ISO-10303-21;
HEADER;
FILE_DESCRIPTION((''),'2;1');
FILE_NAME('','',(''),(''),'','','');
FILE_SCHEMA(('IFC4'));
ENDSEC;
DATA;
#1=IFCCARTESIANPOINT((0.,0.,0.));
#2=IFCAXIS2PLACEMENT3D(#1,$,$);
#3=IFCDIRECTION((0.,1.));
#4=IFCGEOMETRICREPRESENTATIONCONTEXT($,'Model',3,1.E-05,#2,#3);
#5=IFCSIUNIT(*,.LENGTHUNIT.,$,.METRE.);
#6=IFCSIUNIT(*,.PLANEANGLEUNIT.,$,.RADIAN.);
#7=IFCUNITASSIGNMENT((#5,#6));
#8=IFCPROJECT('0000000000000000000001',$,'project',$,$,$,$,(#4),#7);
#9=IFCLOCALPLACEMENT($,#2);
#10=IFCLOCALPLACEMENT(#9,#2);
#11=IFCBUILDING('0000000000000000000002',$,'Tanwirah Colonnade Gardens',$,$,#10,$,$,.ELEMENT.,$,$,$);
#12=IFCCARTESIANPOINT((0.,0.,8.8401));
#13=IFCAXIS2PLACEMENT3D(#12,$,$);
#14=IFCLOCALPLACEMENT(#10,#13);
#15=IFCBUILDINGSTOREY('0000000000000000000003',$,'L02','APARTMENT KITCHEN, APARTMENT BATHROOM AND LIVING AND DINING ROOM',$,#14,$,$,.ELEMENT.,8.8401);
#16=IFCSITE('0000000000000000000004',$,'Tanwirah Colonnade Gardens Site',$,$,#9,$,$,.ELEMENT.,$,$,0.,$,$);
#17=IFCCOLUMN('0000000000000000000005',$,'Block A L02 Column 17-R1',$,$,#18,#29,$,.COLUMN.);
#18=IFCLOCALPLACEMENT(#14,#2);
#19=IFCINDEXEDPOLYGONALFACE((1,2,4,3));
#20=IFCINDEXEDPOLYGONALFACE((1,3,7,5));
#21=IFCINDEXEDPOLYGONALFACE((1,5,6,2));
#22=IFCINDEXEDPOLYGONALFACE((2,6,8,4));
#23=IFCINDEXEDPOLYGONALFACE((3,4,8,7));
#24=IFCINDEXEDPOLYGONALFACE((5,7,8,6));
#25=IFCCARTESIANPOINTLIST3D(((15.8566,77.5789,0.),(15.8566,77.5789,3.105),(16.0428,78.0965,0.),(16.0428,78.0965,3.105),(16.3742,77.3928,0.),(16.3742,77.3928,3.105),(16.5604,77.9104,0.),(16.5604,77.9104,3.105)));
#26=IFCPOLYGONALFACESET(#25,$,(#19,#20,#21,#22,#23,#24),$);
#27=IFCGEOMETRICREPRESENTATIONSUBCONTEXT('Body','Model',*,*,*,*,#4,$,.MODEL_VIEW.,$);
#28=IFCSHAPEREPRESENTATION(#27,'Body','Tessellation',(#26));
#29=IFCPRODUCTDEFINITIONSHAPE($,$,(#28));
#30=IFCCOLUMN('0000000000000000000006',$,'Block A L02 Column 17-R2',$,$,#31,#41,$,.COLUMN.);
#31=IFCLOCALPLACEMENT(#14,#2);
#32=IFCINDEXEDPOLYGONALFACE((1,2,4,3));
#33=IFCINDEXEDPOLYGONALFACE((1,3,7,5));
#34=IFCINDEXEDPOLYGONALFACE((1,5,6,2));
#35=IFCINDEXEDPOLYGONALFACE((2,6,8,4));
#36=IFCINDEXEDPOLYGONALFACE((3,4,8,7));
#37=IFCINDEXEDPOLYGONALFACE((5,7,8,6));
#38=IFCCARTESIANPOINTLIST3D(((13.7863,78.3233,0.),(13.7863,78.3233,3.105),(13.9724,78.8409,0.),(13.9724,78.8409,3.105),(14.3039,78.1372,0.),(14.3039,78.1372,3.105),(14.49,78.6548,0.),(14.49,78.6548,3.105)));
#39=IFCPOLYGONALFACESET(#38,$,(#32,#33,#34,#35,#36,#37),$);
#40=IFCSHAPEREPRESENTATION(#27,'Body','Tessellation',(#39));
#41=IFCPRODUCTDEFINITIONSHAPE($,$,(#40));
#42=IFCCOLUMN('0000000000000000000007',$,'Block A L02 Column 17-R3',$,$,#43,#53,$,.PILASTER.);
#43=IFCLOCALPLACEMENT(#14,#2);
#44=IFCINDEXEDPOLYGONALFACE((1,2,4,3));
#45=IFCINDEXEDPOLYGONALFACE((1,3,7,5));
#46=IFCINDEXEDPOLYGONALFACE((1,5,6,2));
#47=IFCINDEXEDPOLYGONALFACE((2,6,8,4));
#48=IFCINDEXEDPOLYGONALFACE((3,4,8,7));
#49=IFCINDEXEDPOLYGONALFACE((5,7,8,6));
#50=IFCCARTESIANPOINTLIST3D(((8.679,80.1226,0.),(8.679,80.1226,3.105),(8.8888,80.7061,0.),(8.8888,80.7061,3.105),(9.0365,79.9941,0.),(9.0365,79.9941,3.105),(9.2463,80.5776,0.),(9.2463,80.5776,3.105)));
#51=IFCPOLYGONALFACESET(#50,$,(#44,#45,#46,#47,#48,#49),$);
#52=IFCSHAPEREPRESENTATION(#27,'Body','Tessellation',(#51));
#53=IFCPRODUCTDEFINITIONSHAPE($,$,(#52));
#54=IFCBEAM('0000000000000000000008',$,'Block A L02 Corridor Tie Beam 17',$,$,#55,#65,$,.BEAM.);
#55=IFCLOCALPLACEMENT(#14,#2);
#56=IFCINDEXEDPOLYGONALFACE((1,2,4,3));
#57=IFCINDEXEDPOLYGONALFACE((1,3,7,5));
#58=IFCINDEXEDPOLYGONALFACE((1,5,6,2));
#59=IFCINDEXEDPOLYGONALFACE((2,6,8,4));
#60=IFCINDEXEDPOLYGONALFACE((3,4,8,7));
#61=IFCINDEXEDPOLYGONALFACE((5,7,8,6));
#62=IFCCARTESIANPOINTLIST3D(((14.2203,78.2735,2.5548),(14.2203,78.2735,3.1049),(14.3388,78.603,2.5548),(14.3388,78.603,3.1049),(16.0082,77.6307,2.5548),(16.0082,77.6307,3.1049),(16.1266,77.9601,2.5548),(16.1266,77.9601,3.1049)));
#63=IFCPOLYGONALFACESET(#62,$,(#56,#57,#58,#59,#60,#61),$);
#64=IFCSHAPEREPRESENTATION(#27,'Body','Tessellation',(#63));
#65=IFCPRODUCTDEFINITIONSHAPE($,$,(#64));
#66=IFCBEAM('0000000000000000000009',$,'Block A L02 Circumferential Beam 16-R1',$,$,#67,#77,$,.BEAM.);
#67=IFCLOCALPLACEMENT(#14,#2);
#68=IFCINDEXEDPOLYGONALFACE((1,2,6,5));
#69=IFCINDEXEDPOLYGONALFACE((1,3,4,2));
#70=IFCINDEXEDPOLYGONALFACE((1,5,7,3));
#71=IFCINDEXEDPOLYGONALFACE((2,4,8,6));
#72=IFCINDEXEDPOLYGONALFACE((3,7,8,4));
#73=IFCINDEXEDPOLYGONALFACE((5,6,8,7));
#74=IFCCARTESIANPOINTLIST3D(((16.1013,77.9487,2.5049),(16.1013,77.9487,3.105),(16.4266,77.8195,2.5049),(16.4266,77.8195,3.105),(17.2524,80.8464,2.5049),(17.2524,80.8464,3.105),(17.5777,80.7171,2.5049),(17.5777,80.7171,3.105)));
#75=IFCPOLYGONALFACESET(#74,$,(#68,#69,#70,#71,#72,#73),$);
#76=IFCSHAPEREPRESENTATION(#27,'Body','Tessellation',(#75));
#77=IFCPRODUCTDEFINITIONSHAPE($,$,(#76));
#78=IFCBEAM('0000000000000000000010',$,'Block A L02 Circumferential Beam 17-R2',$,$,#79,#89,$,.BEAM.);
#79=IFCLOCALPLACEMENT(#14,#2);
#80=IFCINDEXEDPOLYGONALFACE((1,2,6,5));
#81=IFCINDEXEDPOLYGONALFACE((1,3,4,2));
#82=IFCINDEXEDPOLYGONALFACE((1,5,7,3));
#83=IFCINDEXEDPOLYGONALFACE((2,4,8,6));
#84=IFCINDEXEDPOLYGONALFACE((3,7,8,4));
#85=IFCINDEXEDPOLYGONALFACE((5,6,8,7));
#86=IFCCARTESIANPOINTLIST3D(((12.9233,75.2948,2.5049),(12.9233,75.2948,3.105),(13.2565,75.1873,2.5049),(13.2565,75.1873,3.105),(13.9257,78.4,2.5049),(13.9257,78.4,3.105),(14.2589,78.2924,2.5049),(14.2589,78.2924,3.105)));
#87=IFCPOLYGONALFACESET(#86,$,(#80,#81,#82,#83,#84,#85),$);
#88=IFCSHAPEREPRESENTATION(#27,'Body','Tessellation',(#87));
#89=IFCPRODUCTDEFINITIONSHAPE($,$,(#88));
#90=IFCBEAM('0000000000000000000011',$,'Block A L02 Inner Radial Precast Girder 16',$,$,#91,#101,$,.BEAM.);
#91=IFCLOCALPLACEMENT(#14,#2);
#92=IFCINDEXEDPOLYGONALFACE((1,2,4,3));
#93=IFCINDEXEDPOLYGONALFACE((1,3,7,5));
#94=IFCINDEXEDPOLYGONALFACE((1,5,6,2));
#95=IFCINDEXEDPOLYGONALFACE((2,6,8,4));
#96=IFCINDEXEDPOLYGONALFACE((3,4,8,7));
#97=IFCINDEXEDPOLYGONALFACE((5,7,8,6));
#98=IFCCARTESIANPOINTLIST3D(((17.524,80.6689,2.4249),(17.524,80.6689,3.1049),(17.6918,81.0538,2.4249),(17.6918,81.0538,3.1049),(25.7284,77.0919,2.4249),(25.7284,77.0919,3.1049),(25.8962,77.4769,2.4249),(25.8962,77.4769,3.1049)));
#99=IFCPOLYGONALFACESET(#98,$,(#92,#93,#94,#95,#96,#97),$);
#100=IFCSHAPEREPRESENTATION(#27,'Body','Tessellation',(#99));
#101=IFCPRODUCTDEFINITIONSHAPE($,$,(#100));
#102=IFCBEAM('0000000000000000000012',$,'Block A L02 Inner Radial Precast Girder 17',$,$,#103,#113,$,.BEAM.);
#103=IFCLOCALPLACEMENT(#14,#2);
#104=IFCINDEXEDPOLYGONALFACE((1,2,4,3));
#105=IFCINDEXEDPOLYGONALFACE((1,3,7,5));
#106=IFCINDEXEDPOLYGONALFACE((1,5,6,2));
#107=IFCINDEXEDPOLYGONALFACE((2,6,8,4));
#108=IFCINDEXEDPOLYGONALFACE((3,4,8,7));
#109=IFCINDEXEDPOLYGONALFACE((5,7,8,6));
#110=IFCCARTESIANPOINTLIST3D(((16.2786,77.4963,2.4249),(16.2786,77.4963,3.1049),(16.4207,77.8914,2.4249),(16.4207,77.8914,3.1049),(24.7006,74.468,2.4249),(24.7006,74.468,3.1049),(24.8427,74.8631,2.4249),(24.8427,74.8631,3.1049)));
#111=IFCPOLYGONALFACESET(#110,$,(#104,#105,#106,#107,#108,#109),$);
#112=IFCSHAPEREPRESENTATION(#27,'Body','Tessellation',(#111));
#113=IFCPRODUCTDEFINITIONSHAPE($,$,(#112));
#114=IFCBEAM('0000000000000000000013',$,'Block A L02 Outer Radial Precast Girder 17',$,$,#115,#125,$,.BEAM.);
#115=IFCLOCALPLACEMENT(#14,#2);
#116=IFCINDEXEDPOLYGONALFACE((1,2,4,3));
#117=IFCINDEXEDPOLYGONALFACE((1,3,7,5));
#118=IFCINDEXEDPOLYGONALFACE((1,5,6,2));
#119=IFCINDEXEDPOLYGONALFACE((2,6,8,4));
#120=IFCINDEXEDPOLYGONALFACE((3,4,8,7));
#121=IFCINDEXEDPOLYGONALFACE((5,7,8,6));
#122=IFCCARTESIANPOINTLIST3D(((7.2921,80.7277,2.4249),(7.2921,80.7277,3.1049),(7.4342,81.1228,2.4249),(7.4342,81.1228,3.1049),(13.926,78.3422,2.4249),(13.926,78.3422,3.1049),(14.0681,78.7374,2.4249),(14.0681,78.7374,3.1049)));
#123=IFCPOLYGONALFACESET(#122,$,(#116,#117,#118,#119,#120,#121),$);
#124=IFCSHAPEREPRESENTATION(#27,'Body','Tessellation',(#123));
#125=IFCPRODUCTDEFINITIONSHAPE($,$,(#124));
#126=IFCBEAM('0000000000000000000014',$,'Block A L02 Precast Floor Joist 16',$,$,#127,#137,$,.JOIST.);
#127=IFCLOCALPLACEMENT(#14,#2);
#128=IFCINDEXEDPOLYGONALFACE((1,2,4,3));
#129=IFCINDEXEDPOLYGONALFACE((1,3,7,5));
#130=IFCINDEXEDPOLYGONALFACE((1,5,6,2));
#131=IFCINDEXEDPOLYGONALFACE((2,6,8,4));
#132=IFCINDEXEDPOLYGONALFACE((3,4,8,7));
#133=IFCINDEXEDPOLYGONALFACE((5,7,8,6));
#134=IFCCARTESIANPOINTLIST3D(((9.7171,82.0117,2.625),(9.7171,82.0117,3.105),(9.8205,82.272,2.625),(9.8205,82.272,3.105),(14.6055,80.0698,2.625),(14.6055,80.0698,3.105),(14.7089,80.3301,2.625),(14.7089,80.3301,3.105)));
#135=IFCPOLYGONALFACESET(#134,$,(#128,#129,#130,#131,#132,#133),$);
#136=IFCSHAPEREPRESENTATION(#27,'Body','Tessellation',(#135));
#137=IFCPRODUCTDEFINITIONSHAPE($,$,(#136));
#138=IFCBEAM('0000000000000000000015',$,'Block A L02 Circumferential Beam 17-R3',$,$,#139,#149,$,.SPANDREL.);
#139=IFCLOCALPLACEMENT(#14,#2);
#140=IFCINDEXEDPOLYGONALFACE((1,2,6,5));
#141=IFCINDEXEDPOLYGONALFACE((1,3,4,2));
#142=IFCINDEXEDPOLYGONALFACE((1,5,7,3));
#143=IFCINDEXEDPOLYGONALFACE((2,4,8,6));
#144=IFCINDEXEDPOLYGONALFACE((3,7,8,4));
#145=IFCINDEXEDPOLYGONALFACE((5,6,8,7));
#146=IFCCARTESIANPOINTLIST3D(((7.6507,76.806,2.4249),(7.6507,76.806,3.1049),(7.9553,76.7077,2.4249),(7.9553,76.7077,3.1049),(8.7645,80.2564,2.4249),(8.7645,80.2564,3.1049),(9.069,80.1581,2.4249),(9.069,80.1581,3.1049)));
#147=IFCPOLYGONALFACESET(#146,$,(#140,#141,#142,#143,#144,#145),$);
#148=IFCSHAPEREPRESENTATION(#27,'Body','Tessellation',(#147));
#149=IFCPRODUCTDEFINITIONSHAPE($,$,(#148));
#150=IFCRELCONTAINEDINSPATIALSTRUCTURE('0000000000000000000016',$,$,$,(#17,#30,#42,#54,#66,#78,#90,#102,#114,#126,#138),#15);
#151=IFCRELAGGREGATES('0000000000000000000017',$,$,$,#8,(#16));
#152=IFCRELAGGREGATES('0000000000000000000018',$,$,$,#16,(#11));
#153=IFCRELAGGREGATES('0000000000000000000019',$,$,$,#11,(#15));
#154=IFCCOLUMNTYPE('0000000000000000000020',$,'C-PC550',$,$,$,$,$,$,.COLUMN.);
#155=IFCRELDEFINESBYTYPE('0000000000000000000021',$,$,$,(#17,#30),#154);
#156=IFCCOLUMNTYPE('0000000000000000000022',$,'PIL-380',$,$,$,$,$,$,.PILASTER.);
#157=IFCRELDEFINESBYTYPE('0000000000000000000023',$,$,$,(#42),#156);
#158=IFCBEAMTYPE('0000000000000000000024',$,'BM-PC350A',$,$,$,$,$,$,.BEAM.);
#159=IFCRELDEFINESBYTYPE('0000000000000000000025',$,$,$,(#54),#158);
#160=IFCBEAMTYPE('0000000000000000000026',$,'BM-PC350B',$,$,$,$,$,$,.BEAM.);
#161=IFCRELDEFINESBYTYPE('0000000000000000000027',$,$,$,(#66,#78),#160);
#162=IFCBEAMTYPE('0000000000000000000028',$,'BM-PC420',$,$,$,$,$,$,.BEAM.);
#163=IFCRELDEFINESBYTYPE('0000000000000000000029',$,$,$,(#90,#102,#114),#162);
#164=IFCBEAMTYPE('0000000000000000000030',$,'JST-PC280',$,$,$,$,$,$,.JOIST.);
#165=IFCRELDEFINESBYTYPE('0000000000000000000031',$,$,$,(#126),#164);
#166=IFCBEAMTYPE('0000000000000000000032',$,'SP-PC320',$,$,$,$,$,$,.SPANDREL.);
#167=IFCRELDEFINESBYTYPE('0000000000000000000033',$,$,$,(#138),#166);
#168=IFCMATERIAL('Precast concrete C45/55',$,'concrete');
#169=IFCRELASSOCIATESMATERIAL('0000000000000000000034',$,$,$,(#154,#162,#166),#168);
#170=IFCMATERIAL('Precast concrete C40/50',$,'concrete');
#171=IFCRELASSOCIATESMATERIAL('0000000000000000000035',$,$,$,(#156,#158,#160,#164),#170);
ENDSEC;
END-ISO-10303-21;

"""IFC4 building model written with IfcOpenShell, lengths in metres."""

from ifc_helpers import new_model, si_unit, direction, frame, origin, origin_2d, place, context, subcontext, project, spatial, rectangle, extrude, material, material_profile, profile_set, type_object, element, save


model = new_model("IFC4")

# Units and contexts
model_context = context("Model", 3, precision=1e-05, world=origin(), true_north=direction((0.0, 1.0)))
body_context = subcontext(model_context, "Body", "Model", "MODEL_VIEW")
ifc_project = project(units=[si_unit("LENGTHUNIT", "METRE"), si_unit("PLANEANGLEUNIT", "RADIAN")], contexts=[model_context])

# Site, building, storey
site_placement = place(None, origin())
site = spatial("IfcSite", under=ifc_project, at=site_placement, Name="Tanwirah Colonnade Gardens Site", CompositionType="ELEMENT", RefElevation=0.0)
building_placement = place(site_placement, origin())
building = spatial("IfcBuilding", under=site, at=building_placement, Name="Tanwirah Colonnade Gardens", CompositionType="ELEMENT")
storey_placement = place(building_placement, frame((0.0, 0.0, 8.8401)))
storey = spatial("IfcBuildingStorey", under=building, at=storey_placement, Name="L02", Description="APARTMENT KITCHEN, APARTMENT BATHROOM AND LIVING AND DINING ROOM", CompositionType="ELEMENT", Elevation=8.8401)

# Columns
ifc_material_1 = material(Name="Precast concrete C45/55", Category="concrete")
ifc_material_profile_1 = material_profile(ifc_material_1, rectangle(XDim=0.55, YDim=0.55, at=origin_2d()), Name="PC-COL 550x550")
ifc_profile_set_1 = profile_set([ifc_material_profile_1], Name="Precast concrete C45/55")
column_type_1 = type_object("IfcColumnType", Name="C-PC550", PredefinedType="COLUMN", material=ifc_profile_set_1)
for number, where, z_axis, x_axis, name in (
    (1, (16.2085, 77.7446, 0.0), (0.0, 0.0, 1.0), (-0.941012, 0.338373, 0.0), "Block A L02 Column 17-R1"),
    (2, (14.1382, 78.489, 0.0), (0.0, 0.0, 1.0), (-0.941012, 0.338373, 0.0), "Block A L02 Column 17-R2"),
):
    element("IfcColumn", number, at=place(storey_placement, frame(where, z_axis=z_axis, x_axis=x_axis)), inside=storey, type_object=column_type_1, Name=name, PredefinedType="COLUMN", context=body_context, shape_type="SweptSolid", body=[
        extrude(rectangle(XDim=0.55, YDim=0.55, at=origin_2d()), origin(), (0.0, 0.0, 1.0), 3.105),
    ])
ifc_material_2 = material(Name="Precast concrete C40/50", Category="concrete")
ifc_material_profile_2 = material_profile(ifc_material_2, rectangle(XDim=0.3799, YDim=0.6201, at=origin_2d()), Name="PC-PIL 380x620")
ifc_profile_set_2 = profile_set([ifc_material_profile_2], Name="Precast concrete C40/50")
column_type_2 = type_object("IfcColumnType", Name="PIL-380", PredefinedType="PILASTER", material=ifc_profile_set_2)
column_placement = place(storey_placement, frame((8.9626, 80.3501, 0.0), z_axis=(0.0, 0.0, 1.0), x_axis=(-0.941012, 0.338373, 0.0)))
element("IfcColumn", 3, at=column_placement, inside=storey, type_object=column_type_2, Name="Block A L02 Column 17-R3", PredefinedType="PILASTER", context=body_context, shape_type="SweptSolid", body=[
    extrude(rectangle(XDim=0.3799, YDim=0.6201, at=origin_2d()), origin(), (0.0, 0.0, 1.0), 3.105),
])

# Beams
ifc_material_profile_3 = material_profile(ifc_material_2, rectangle(XDim=0.3501, YDim=0.55, at=origin_2d()), Name="PC-BM 350x550")
ifc_profile_set_3 = profile_set([ifc_material_profile_3], Name="Precast concrete C40/50")
beam_type_1 = type_object("IfcBeamType", Name="BM-PC350A", PredefinedType="BEAM", material=ifc_profile_set_3)
beam_1_placement = place(storey_placement, frame((16.0674, 77.7954, 2.8298), z_axis=(-0.941022, 0.338346, 0.0), x_axis=(-0.338346, -0.941022, 0.0)))
element("IfcBeam", 4, at=beam_1_placement, inside=storey, type_object=beam_type_1, Name="Block A L02 Corridor Tie Beam 17", PredefinedType="BEAM", context=body_context, shape_type="SweptSolid", body=[
    extrude(rectangle(XDim=0.3501, YDim=0.55, at=origin_2d()), origin(), (0.0, 0.0, 1.0), 1.8999),
])
ifc_material_profile_4 = material_profile(ifc_material_2, rectangle(XDim=0.3501, YDim=0.6001, at=origin_2d()), Name="PC-BM 350x600")
ifc_profile_set_4 = profile_set([ifc_material_profile_4], Name="Precast concrete C40/50")
beam_type_2 = type_object("IfcBeamType", Name="BM-PC350B", PredefinedType="BEAM", material=ifc_profile_set_4)
beam_2_placement = place(storey_placement, frame((17.415, 80.7817, 2.8049), z_axis=(-0.369189, -0.929354, 0.0), x_axis=(0.929354, -0.369189, 0.0)))
element("IfcBeam", 5, at=beam_2_placement, inside=storey, type_object=beam_type_2, Name="Block A L02 Circumferential Beam 16-R1", PredefinedType="BEAM", context=body_context, shape_type="SweptSolid", body=[
    extrude(rectangle(XDim=0.3501, YDim=0.6001, at=origin_2d()), origin(), (0.0, 0.0, 1.0), 3.1179),
])
beam_3_placement = place(storey_placement, frame((14.0923, 78.3462, 2.8049), z_axis=(-0.307213, -0.951641, 0.0), x_axis=(0.951641, -0.307213, 0.0)))
element("IfcBeam", 6, at=beam_3_placement, inside=storey, type_object=beam_type_2, Name="Block A L02 Circumferential Beam 17-R2", PredefinedType="BEAM", context=body_context, shape_type="SweptSolid", body=[
    extrude(rectangle(XDim=0.3501, YDim=0.6001, at=origin_2d()), origin(), (0.0, 0.0, 1.0), 3.2629),
])
ifc_material_profile_5 = material_profile(ifc_material_1, rectangle(XDim=0.4199, YDim=0.6799, at=origin_2d()), Name="PC-BM 420x680")
ifc_profile_set_5 = profile_set([ifc_material_profile_5], Name="Precast concrete C45/55")
beam_type_3 = type_object("IfcBeamType", Name="BM-PC420", PredefinedType="BEAM", material=ifc_profile_set_5)
beam_4_placement = place(storey_placement, frame((17.6079, 80.8613, 2.7649), z_axis=(0.916669, -0.399647, 0.0), x_axis=(0.399647, 0.916669, 0.0)))
element("IfcBeam", 7, at=beam_4_placement, inside=storey, type_object=beam_type_3, Name="Block A L02 Inner Radial Precast Girder 16", PredefinedType="BEAM", context=body_context, shape_type="SweptSolid", body=[
    extrude(rectangle(XDim=0.4199, YDim=0.6799, at=origin_2d()), origin(), (0.0, 0.0, 1.0), 8.9502),
])
beam_5_placement = place(storey_placement, frame((16.3496, 77.6938, 2.7649), z_axis=(0.941017, -0.338359, 0.0), x_axis=(0.338359, 0.941017, 0.0)))
element("IfcBeam", 8, at=beam_5_placement, inside=storey, type_object=beam_type_3, Name="Block A L02 Inner Radial Precast Girder 17", PredefinedType="BEAM", context=body_context, shape_type="SweptSolid", body=[
    extrude(rectangle(XDim=0.4199, YDim=0.6799, at=origin_2d()), origin(), (0.0, 0.0, 1.0), 8.95),
])
beam_6_placement = place(storey_placement, frame((13.9971, 78.5398, 2.7649), z_axis=(-0.941012, 0.338374, 0.0), x_axis=(-0.338374, -0.941012, 0.0)))
element("IfcBeam", 9, at=beam_6_placement, inside=storey, type_object=beam_type_3, Name="Block A L02 Outer Radial Precast Girder 17", PredefinedType="BEAM", context=body_context, shape_type="SweptSolid", body=[
    extrude(rectangle(XDim=0.4199, YDim=0.6799, at=origin_2d()), origin(), (0.0, 0.0, 1.0), 7.0498),
])
ifc_material_profile_6 = material_profile(ifc_material_2, rectangle(XDim=0.28, YDim=0.48, at=origin_2d()), Name="PC-JST 280x480")
ifc_profile_set_6 = profile_set([ifc_material_profile_6], Name="Precast concrete C40/50")
beam_type_4 = type_object("IfcBeamType", Name="JST-PC280", PredefinedType="JOIST", material=ifc_profile_set_6)
beam_7_placement = place(storey_placement, frame((14.6572, 80.2, 2.865), z_axis=(-0.929358, 0.369181, 0.0), x_axis=(-0.369181, -0.929358, 0.0)))
element("IfcBeam", 10, at=beam_7_placement, inside=storey, type_object=beam_type_4, Name="Block A L02 Precast Floor Joist 16", PredefinedType="JOIST", context=body_context, shape_type="SweptSolid", body=[
    extrude(rectangle(XDim=0.28, YDim=0.48, at=origin_2d()), origin(), (0.0, 0.0, 1.0), 5.26),
])
ifc_material_profile_7 = material_profile(ifc_material_1, rectangle(XDim=0.3201, YDim=0.6799, at=origin_2d()), Name="PC-SP 320x680")
ifc_profile_set_7 = profile_set([ifc_material_profile_7], Name="Precast concrete C45/55")
beam_type_5 = type_object("IfcBeamType", Name="SP-PC320", PredefinedType="SPANDREL", material=ifc_profile_set_7)
beam_8_placement = place(storey_placement, frame((8.9167, 80.2073, 2.7649), z_axis=(-0.307184, -0.95165, 0.0), x_axis=(0.95165, -0.307184, 0.0)))
element("IfcBeam", 11, at=beam_8_placement, inside=storey, type_object=beam_type_5, Name="Block A L02 Circumferential Beam 17-R3", PredefinedType="SPANDREL", context=body_context, shape_type="SweptSolid", body=[
    extrude(rectangle(XDim=0.3201, YDim=0.6799, at=origin_2d()), origin(), (0.0, 0.0, 1.0), 3.6257),
])

save(model, "model.ifc")
